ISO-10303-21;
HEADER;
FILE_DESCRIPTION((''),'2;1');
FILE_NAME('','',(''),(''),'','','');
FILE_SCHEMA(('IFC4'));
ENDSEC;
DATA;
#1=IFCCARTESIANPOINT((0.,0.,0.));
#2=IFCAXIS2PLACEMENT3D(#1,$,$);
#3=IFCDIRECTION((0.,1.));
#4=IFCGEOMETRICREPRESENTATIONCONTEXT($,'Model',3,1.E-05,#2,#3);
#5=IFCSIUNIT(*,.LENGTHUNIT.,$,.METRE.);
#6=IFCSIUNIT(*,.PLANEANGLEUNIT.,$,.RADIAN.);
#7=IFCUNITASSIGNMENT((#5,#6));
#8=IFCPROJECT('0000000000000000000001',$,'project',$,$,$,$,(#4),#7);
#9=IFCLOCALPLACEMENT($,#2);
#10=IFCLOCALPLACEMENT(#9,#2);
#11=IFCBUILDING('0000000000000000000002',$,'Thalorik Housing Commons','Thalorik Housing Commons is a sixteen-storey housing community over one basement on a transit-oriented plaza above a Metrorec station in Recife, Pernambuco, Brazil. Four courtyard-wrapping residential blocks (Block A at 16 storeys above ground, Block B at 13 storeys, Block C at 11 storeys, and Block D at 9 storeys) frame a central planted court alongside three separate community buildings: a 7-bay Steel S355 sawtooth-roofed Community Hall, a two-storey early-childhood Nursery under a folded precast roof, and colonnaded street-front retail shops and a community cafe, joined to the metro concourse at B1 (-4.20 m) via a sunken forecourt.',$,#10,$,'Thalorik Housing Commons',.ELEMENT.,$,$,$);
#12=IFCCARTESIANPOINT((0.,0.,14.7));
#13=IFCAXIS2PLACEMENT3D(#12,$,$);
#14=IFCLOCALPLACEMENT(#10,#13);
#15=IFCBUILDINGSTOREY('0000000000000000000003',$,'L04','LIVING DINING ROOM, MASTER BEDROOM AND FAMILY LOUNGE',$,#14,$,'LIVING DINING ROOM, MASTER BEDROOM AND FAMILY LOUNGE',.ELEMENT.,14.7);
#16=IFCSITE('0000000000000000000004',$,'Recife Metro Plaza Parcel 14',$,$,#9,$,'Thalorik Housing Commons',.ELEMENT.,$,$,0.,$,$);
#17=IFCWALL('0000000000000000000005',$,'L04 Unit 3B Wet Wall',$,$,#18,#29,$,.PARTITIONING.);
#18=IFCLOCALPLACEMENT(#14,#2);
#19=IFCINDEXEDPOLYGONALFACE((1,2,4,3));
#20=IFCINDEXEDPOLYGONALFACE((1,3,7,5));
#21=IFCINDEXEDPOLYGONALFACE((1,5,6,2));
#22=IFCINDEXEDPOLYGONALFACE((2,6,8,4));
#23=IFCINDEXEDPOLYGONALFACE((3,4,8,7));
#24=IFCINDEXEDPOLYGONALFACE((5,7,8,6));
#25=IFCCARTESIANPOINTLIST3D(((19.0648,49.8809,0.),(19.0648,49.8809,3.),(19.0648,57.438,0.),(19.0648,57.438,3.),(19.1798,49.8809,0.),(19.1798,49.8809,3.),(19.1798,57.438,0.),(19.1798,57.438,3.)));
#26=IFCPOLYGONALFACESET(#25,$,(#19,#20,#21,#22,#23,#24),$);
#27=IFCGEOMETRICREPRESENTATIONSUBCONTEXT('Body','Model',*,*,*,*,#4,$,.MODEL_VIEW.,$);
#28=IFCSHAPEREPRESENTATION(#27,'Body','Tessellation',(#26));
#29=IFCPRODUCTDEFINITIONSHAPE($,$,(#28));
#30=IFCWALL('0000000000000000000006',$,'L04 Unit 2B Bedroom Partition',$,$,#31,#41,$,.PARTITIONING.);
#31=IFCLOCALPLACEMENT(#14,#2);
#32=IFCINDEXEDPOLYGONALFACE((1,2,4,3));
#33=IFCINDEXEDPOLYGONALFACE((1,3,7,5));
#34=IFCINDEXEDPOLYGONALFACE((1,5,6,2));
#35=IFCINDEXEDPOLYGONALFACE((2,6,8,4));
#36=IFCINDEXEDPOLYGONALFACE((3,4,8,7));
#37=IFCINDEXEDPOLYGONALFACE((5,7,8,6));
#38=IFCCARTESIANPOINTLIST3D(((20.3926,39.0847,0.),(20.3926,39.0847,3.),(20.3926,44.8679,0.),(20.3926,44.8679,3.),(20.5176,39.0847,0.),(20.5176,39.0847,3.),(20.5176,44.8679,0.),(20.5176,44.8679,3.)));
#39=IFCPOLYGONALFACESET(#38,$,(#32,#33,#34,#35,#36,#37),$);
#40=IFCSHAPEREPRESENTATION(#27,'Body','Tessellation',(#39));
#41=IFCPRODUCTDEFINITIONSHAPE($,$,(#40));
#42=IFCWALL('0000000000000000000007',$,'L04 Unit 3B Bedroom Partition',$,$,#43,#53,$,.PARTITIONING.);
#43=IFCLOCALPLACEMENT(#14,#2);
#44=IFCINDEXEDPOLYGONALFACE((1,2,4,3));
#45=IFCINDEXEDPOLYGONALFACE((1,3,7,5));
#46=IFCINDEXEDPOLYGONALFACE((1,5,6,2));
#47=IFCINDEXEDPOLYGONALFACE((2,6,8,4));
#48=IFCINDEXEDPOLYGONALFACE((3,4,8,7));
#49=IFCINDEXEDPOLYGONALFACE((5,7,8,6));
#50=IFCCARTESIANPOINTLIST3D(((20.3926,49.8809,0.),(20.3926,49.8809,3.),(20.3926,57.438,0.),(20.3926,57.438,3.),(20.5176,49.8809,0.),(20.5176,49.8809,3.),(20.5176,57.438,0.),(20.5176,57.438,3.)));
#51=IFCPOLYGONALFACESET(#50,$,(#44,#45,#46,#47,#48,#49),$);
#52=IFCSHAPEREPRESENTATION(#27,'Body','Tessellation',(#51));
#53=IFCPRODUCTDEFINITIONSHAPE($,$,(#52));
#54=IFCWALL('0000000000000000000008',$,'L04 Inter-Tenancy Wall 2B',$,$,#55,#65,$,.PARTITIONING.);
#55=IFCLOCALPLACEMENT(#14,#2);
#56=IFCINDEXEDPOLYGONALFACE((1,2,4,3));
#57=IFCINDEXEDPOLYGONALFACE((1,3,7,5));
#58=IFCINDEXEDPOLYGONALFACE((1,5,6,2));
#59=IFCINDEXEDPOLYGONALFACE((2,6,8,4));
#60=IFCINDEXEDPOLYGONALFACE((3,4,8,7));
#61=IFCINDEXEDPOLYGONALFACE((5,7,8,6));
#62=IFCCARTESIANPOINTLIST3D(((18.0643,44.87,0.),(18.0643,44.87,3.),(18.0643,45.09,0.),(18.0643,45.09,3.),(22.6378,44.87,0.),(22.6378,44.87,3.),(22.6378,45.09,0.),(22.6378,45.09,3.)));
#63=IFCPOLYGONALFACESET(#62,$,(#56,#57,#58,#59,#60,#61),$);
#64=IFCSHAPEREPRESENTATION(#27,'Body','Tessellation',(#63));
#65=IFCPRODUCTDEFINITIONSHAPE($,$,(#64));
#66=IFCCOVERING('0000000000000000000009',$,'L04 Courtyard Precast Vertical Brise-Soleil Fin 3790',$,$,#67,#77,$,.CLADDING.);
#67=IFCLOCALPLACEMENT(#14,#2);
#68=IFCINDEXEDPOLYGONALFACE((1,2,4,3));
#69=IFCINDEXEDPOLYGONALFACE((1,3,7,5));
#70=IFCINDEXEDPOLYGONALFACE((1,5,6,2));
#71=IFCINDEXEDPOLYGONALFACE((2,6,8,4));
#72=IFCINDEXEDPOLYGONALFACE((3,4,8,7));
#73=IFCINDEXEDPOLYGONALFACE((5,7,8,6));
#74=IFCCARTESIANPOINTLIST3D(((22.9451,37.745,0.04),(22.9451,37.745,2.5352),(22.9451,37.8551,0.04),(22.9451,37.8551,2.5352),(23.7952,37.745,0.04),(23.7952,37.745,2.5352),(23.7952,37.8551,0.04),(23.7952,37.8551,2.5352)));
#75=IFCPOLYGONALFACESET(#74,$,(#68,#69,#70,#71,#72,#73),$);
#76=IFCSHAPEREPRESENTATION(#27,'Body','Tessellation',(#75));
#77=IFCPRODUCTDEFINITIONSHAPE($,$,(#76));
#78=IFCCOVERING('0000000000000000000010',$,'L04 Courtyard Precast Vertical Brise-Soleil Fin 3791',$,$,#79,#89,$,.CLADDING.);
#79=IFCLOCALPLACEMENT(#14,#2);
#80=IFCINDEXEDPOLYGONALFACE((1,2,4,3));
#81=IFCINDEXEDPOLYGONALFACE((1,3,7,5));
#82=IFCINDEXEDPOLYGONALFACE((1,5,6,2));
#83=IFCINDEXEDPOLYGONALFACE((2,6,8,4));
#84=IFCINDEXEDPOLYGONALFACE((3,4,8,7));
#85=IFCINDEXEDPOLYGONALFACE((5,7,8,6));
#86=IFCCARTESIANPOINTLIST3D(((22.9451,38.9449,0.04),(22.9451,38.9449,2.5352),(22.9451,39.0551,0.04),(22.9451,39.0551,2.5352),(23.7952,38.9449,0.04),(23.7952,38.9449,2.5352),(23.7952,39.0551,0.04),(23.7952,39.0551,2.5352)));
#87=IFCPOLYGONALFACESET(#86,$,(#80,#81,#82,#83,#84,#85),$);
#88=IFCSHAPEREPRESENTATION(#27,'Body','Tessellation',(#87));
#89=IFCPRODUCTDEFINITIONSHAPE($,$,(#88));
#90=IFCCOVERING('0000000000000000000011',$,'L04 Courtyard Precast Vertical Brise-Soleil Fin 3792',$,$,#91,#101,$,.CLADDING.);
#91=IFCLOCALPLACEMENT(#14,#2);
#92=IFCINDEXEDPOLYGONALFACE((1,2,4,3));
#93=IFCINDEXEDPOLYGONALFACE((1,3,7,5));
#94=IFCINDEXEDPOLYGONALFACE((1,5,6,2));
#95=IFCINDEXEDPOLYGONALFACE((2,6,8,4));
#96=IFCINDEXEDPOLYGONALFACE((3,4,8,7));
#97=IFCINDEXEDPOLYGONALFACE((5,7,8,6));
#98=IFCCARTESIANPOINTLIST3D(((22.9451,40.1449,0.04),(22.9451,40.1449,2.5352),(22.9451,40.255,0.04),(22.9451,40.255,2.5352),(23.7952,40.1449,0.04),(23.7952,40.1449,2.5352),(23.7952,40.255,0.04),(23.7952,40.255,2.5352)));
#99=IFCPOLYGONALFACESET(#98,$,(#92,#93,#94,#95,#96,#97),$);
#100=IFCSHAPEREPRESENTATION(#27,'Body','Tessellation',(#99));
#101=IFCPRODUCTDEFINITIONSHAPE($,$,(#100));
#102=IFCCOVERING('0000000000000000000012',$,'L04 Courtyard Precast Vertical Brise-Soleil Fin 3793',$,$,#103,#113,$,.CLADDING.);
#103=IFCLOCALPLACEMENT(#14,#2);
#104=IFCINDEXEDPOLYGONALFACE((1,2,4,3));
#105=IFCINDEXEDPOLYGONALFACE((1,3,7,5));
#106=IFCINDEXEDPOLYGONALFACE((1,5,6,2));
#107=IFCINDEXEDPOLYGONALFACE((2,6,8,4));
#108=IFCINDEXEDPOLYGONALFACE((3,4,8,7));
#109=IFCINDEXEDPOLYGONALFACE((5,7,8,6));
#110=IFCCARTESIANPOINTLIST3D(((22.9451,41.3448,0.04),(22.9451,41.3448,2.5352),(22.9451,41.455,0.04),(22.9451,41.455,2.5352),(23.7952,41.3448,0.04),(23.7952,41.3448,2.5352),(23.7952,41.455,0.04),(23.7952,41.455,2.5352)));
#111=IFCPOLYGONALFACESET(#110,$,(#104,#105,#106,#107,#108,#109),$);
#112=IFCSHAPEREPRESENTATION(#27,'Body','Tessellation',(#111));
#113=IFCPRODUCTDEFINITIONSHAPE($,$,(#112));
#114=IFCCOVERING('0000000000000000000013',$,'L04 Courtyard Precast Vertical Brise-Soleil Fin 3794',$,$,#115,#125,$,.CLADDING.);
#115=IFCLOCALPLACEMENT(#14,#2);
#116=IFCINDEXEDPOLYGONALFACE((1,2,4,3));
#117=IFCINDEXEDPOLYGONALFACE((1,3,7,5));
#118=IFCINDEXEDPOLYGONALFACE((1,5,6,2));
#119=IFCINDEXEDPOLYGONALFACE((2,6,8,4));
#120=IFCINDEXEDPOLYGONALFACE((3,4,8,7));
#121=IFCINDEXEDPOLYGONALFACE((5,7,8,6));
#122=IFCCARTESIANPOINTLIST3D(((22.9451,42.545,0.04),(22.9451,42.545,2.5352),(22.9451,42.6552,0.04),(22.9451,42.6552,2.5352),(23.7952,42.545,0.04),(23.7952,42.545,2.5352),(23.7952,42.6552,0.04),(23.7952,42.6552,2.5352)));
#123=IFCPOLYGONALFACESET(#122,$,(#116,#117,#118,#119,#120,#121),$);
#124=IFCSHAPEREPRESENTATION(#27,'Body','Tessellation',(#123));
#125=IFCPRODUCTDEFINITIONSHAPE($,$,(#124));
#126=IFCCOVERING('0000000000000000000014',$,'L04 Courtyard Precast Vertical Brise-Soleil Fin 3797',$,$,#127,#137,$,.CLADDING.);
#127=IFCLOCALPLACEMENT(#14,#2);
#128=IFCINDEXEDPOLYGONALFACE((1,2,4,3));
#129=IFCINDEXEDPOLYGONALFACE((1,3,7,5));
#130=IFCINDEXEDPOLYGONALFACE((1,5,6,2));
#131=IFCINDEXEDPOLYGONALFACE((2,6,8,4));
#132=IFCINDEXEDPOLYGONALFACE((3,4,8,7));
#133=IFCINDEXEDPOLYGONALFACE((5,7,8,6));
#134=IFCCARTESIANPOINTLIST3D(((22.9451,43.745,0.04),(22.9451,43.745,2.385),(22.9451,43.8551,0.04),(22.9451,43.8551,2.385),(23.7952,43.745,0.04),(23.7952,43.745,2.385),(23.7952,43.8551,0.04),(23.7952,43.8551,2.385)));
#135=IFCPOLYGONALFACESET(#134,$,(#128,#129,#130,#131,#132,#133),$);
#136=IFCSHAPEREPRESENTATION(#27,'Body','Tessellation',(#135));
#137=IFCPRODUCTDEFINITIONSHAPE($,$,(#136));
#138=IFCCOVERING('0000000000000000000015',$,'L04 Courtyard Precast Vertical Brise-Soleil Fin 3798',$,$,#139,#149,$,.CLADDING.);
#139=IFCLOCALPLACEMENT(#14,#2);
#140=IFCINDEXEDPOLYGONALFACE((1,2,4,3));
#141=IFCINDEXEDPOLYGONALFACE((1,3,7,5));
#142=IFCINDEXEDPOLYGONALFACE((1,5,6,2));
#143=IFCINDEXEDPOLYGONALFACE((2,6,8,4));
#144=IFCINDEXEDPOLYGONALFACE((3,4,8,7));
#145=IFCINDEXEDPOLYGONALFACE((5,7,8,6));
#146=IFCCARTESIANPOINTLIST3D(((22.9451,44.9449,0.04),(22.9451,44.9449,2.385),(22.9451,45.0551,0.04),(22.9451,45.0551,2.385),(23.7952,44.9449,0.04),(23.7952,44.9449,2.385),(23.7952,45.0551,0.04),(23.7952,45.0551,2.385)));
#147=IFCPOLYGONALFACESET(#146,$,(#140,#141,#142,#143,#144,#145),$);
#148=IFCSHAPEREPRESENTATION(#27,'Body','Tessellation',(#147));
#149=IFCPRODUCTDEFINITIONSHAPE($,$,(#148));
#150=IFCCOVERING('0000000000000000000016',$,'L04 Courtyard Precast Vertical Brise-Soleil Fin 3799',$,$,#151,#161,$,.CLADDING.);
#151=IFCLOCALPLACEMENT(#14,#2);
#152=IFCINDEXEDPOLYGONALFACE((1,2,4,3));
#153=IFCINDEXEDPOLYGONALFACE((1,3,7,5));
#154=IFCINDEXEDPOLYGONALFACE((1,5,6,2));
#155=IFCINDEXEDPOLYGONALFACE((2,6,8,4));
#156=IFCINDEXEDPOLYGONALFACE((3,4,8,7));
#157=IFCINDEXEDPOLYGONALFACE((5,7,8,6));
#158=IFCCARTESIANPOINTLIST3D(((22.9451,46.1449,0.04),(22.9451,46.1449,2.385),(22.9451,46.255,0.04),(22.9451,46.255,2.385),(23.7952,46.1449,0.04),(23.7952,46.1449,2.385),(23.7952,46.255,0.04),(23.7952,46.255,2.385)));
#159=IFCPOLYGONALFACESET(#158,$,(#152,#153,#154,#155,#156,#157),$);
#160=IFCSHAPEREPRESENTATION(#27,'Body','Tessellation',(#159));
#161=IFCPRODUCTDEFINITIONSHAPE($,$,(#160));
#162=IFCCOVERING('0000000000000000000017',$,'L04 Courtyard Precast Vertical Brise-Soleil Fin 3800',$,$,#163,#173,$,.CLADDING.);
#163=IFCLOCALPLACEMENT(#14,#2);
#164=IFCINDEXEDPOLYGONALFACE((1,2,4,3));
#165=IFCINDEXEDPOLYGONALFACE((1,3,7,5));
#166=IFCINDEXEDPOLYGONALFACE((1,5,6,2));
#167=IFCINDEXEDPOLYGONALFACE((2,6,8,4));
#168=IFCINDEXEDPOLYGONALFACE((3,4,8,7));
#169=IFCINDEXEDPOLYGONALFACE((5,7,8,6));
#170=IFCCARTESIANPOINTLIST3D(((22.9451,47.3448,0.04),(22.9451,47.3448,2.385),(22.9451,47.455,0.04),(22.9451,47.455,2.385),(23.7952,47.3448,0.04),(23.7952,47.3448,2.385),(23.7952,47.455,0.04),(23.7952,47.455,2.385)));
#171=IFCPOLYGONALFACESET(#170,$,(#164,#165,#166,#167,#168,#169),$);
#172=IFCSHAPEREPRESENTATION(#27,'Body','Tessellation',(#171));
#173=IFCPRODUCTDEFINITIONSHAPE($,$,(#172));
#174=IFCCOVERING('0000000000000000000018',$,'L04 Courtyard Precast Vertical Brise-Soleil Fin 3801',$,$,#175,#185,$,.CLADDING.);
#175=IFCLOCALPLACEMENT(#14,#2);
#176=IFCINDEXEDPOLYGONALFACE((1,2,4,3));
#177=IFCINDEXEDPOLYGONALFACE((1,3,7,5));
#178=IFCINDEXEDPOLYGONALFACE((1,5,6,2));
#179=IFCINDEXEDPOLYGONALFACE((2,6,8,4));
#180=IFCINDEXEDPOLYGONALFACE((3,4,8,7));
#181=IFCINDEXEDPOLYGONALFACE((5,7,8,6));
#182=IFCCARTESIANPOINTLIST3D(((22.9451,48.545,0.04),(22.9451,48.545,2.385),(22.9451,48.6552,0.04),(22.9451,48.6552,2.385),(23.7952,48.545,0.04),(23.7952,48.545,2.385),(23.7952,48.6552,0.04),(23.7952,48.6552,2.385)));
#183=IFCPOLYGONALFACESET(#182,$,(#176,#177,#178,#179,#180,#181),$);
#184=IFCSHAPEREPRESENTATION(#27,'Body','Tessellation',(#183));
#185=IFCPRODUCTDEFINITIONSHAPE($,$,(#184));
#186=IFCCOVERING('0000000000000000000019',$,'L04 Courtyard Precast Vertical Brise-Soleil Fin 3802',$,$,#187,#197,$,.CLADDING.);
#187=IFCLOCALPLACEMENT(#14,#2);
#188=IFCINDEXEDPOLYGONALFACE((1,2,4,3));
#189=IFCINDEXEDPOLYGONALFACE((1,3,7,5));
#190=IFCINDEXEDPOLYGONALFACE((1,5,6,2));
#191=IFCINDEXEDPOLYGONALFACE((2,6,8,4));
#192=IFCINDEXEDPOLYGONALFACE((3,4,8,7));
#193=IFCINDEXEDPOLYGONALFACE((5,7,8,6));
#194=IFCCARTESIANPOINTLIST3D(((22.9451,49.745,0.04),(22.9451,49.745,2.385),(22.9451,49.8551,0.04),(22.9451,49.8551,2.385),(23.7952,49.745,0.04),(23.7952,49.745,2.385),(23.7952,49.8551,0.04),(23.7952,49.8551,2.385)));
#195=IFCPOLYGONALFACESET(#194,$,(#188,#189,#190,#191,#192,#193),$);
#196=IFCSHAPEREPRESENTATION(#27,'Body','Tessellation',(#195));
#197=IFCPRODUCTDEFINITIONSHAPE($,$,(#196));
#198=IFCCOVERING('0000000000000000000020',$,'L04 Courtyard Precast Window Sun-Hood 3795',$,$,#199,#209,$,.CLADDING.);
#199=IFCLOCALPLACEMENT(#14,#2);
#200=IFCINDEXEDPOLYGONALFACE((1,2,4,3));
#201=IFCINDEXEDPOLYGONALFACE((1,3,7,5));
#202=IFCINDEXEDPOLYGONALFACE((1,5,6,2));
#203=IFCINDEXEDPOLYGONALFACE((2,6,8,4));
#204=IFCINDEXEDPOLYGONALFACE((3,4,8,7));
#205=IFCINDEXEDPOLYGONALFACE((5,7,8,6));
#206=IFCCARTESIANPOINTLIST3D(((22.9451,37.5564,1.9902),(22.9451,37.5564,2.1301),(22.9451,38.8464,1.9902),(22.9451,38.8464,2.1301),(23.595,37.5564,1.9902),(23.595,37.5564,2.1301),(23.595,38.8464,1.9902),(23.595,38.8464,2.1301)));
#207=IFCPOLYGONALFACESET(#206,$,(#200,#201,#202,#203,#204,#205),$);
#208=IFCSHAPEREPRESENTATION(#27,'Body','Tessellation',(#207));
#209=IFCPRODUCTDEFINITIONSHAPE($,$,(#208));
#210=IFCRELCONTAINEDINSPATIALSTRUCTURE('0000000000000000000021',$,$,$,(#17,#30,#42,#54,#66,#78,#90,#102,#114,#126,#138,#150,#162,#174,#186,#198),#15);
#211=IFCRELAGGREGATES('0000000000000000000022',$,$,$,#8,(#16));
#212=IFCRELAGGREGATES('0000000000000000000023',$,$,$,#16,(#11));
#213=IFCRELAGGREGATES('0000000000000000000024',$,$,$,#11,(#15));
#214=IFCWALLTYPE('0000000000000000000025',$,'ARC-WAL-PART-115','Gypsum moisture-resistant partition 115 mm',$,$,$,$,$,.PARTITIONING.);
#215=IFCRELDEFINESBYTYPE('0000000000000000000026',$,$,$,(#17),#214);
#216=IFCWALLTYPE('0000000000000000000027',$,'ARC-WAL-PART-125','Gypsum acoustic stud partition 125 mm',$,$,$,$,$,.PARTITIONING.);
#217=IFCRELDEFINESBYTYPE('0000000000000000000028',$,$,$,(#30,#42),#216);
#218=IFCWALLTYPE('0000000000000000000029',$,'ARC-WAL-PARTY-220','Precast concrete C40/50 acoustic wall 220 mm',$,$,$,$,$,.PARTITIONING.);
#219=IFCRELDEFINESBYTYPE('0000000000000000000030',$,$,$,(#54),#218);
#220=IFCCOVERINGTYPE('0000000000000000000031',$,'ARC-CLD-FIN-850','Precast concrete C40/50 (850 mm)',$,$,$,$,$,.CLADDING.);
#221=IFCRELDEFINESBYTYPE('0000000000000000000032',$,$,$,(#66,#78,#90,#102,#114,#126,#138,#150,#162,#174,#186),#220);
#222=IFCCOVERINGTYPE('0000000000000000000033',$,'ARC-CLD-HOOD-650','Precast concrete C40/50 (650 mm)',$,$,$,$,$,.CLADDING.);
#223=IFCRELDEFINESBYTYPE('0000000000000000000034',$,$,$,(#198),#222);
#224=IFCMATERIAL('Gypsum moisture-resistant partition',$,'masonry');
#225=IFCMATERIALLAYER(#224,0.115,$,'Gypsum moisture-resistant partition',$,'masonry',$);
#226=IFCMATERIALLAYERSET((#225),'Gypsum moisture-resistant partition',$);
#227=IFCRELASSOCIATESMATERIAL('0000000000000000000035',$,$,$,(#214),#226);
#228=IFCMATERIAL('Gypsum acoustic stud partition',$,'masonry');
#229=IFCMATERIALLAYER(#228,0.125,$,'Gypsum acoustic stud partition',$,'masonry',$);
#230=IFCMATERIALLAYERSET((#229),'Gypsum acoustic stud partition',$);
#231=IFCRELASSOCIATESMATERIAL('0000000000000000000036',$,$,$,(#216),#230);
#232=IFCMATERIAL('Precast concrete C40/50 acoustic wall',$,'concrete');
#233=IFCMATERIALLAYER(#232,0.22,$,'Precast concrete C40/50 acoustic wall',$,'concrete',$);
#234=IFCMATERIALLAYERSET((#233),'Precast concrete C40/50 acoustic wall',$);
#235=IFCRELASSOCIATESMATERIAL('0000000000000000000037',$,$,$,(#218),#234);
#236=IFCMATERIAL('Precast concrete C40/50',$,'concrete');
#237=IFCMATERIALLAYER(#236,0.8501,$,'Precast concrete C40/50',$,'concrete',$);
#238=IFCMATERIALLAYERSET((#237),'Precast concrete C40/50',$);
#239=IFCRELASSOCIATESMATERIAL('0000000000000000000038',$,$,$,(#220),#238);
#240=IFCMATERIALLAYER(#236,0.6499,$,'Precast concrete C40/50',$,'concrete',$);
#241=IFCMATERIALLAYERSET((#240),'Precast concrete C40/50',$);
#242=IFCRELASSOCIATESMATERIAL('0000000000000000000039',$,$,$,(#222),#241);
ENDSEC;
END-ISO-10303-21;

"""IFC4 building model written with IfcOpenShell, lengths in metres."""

from ifc_helpers import new_model, si_unit, direction, frame, frame_2d, origin, origin_2d, place, context, subcontext, project, spatial, rectangle, extrude, material, layer, layer_set, type_object, element, save


model = new_model("IFC4")

# Units and contexts
model_context = context("Model", 3, precision=1e-05, world=origin(), true_north=direction((0.0, 1.0)))
body_context = subcontext(model_context, "Body", "Model", "MODEL_VIEW")
ifc_project = project(units=[si_unit("LENGTHUNIT", "METRE"), si_unit("PLANEANGLEUNIT", "RADIAN")], contexts=[model_context])

# Site, building, storey
site_placement = place(None, origin())
site = spatial("IfcSite", under=ifc_project, at=site_placement, Name="Recife Metro Plaza Parcel 14", LongName="Thalorik Housing Commons", CompositionType="ELEMENT", RefElevation=0.0)
building_placement = place(site_placement, origin())
building = spatial("IfcBuilding", under=site, at=building_placement, Name="Thalorik Housing Commons", Description="Thalorik Housing Commons is a sixteen-storey housing community over one basement on a transit-oriented plaza above a Metrorec station in Recife, Pernambuco, Brazil. Four courtyard-wrapping residential blocks (Block A at 16 storeys above ground, Block B at 13 storeys, Block C at 11 storeys, and Block D at 9 storeys) frame a central planted court alongside three separate community buildings: a 7-bay Steel S355 sawtooth-roofed Community Hall, a two-storey early-childhood Nursery under a folded precast roof, and colonnaded street-front retail shops and a community cafe, joined to the metro concourse at B1 (-4.20 m) via a sunken forecourt.", LongName="Thalorik Housing Commons", CompositionType="ELEMENT")
storey_placement = place(building_placement, frame((0.0, 0.0, 14.7)))
storey = spatial("IfcBuildingStorey", under=building, at=storey_placement, Name="L04", Description="LIVING DINING ROOM, MASTER BEDROOM AND FAMILY LOUNGE", LongName="LIVING DINING ROOM, MASTER BEDROOM AND FAMILY LOUNGE", CompositionType="ELEMENT", Elevation=14.7)

# Shared definitions
ifc_material_1 = material(Name="Precast concrete C40/50", Category="concrete")

# Walls
ifc_material_2 = material(Name="Gypsum moisture-resistant partition", Category="masonry")
ifc_layer_1 = layer(ifc_material_2, 0.115, Name="Gypsum moisture-resistant partition", Category="masonry")
ifc_layer_set_1 = layer_set([ifc_layer_1], Name="Gypsum moisture-resistant partition")
wall_type_1 = type_object("IfcWallType", Name="ARC-WAL-PART-115", Description="Gypsum moisture-resistant partition 115 mm", PredefinedType="PARTITIONING", material=ifc_layer_set_1)
wall_1_placement = place(storey_placement, frame((19.1223, 49.8809, 0.0), z_axis=(0.0, 0.0, 1.0), x_axis=(0.0, 1.0, 0.0)))
element("IfcWall", 1, at=wall_1_placement, inside=storey, type_object=wall_type_1, Name="L04 Unit 3B Wet Wall", PredefinedType="PARTITIONING", context=body_context, shape_type="SweptSolid", body=[
    extrude(rectangle(XDim=7.5571, YDim=0.115, at=frame_2d((3.7786, 0.0))), origin(), (0.0, 0.0, 1.0), 3.0),
])
ifc_material_3 = material(Name="Gypsum acoustic stud partition", Category="masonry")
ifc_layer_2 = layer(ifc_material_3, 0.125, Name="Gypsum acoustic stud partition", Category="masonry")
ifc_layer_set_2 = layer_set([ifc_layer_2], Name="Gypsum acoustic stud partition")
wall_type_2 = type_object("IfcWallType", Name="ARC-WAL-PART-125", Description="Gypsum acoustic stud partition 125 mm", PredefinedType="PARTITIONING", material=ifc_layer_set_2)
wall_2_placement = place(storey_placement, frame((20.4551, 39.0847, 0.0), z_axis=(0.0, 0.0, 1.0), x_axis=(0.0, 1.0, 0.0)))
element("IfcWall", 2, at=wall_2_placement, inside=storey, type_object=wall_type_2, Name="L04 Unit 2B Bedroom Partition", PredefinedType="PARTITIONING", context=body_context, shape_type="SweptSolid", body=[
    extrude(rectangle(XDim=5.7832, YDim=0.125, at=frame_2d((2.8916, 0.0))), origin(), (0.0, 0.0, 1.0), 3.0),
])
wall_3_placement = place(storey_placement, frame((20.4551, 49.8809, 0.0), z_axis=(0.0, 0.0, 1.0), x_axis=(0.0, 1.0, 0.0)))
element("IfcWall", 3, at=wall_3_placement, inside=storey, type_object=wall_type_2, Name="L04 Unit 3B Bedroom Partition", PredefinedType="PARTITIONING", context=body_context, shape_type="SweptSolid", body=[
    extrude(rectangle(XDim=7.5571, YDim=0.125, at=frame_2d((3.7786, 0.0))), origin(), (0.0, 0.0, 1.0), 3.0),
])
ifc_material_4 = material(Name="Precast concrete C40/50 acoustic wall", Category="concrete")
ifc_layer_3 = layer(ifc_material_4, 0.22, Name="Precast concrete C40/50 acoustic wall", Category="concrete")
ifc_layer_set_3 = layer_set([ifc_layer_3], Name="Precast concrete C40/50 acoustic wall")
wall_type_3 = type_object("IfcWallType", Name="ARC-WAL-PARTY-220", Description="Precast concrete C40/50 acoustic wall 220 mm", PredefinedType="PARTITIONING", material=ifc_layer_set_3)
wall_4_placement = place(storey_placement, frame((18.0645, 44.98, 0.0), z_axis=(0.0, 0.0, 1.0), x_axis=(1.0, 0.0, 0.0)))
element("IfcWall", 4, at=wall_4_placement, inside=storey, type_object=wall_type_3, Name="L04 Inter-Tenancy Wall 2B", PredefinedType="PARTITIONING", context=body_context, shape_type="SweptSolid", body=[
    extrude(rectangle(XDim=4.5735, YDim=0.22, at=frame_2d((2.2866, 0.0))), origin(), (0.0, 0.0, 1.0), 3.0),
])

# Coverings
ifc_layer_4 = layer(ifc_material_1, 0.8501, Name="Precast concrete C40/50", Category="concrete")
ifc_layer_set_4 = layer_set([ifc_layer_4], Name="Precast concrete C40/50")
covering_type_1 = type_object("IfcCoveringType", Name="ARC-CLD-FIN-850", Description="Precast concrete C40/50 (850 mm)", PredefinedType="CLADDING", material=ifc_layer_set_4)
for number, where, z_axis, x_axis, name in (
    (5, (23.3701, 37.8, 0.04), (0.0, 0.0, 1.0), (0.0, 1.0, 0.0), "L04 Courtyard Precast Vertical Brise-Soleil Fin 3790"),
    (6, (23.3701, 39.0, 0.04), (0.0, 0.0, 1.0), (0.0, 1.0, 0.0), "L04 Courtyard Precast Vertical Brise-Soleil Fin 3791"),
    (7, (23.3701, 40.2, 0.04), (0.0, 0.0, 1.0), (0.0, 1.0, 0.0), "L04 Courtyard Precast Vertical Brise-Soleil Fin 3792"),
    (8, (23.3701, 41.3999, 0.04), (0.0, 0.0, 1.0), (0.0, 1.0, 0.0), "L04 Courtyard Precast Vertical Brise-Soleil Fin 3793"),
    (9, (23.3701, 42.6001, 0.04), (0.0, 0.0, 1.0), (0.0, 1.0, 0.0), "L04 Courtyard Precast Vertical Brise-Soleil Fin 3794"),
):
    element("IfcCovering", number, at=place(storey_placement, frame(where, z_axis=z_axis, x_axis=x_axis)), inside=storey, type_object=covering_type_1, Name=name, PredefinedType="CLADDING", context=body_context, shape_type="SweptSolid", body=[
        extrude(rectangle(XDim=0.1101, YDim=0.8501, at=origin_2d()), origin(), (0.0, 0.0, 1.0), 2.4951),
    ])
for number, where, z_axis, x_axis, name in (
    (10, (23.3701, 43.8, 0.04), (0.0, 0.0, 1.0), (0.0, 1.0, 0.0), "L04 Courtyard Precast Vertical Brise-Soleil Fin 3797"),
    (11, (23.3701, 45.0, 0.04), (0.0, 0.0, 1.0), (0.0, 1.0, 0.0), "L04 Courtyard Precast Vertical Brise-Soleil Fin 3798"),
    (12, (23.3701, 46.2, 0.04), (0.0, 0.0, 1.0), (0.0, 1.0, 0.0), "L04 Courtyard Precast Vertical Brise-Soleil Fin 3799"),
    (13, (23.3701, 47.3999, 0.04), (0.0, 0.0, 1.0), (0.0, 1.0, 0.0), "L04 Courtyard Precast Vertical Brise-Soleil Fin 3800"),
    (14, (23.3701, 48.6001, 0.04), (0.0, 0.0, 1.0), (0.0, 1.0, 0.0), "L04 Courtyard Precast Vertical Brise-Soleil Fin 3801"),
    (15, (23.3701, 49.8, 0.04), (0.0, 0.0, 1.0), (0.0, 1.0, 0.0), "L04 Courtyard Precast Vertical Brise-Soleil Fin 3802"),
):
    element("IfcCovering", number, at=place(storey_placement, frame(where, z_axis=z_axis, x_axis=x_axis)), inside=storey, type_object=covering_type_1, Name=name, PredefinedType="CLADDING", context=body_context, shape_type="SweptSolid", body=[
        extrude(rectangle(XDim=0.1101, YDim=0.8501, at=origin_2d()), origin(), (0.0, 0.0, 1.0), 2.345),
    ])
ifc_layer_5 = layer(ifc_material_1, 0.6499, Name="Precast concrete C40/50", Category="concrete")
ifc_layer_set_5 = layer_set([ifc_layer_5], Name="Precast concrete C40/50")
covering_type_2 = type_object("IfcCoveringType", Name="ARC-CLD-HOOD-650", Description="Precast concrete C40/50 (650 mm)", PredefinedType="CLADDING", material=ifc_layer_set_5)
covering_1_placement = place(storey_placement, frame((23.27, 38.2014, 1.9902), z_axis=(0.0, 0.0, 1.0), x_axis=(0.0, 1.0, 0.0)))
element("IfcCovering", 16, at=covering_1_placement, inside=storey, type_object=covering_type_2, Name="L04 Courtyard Precast Window Sun-Hood 3795", PredefinedType="CLADDING", context=body_context, shape_type="SweptSolid", body=[
    extrude(rectangle(XDim=1.29, YDim=0.6499, at=origin_2d()), origin(), (0.0, 0.0, 1.0), 0.1399),
])

save(model, "model.ifc")
